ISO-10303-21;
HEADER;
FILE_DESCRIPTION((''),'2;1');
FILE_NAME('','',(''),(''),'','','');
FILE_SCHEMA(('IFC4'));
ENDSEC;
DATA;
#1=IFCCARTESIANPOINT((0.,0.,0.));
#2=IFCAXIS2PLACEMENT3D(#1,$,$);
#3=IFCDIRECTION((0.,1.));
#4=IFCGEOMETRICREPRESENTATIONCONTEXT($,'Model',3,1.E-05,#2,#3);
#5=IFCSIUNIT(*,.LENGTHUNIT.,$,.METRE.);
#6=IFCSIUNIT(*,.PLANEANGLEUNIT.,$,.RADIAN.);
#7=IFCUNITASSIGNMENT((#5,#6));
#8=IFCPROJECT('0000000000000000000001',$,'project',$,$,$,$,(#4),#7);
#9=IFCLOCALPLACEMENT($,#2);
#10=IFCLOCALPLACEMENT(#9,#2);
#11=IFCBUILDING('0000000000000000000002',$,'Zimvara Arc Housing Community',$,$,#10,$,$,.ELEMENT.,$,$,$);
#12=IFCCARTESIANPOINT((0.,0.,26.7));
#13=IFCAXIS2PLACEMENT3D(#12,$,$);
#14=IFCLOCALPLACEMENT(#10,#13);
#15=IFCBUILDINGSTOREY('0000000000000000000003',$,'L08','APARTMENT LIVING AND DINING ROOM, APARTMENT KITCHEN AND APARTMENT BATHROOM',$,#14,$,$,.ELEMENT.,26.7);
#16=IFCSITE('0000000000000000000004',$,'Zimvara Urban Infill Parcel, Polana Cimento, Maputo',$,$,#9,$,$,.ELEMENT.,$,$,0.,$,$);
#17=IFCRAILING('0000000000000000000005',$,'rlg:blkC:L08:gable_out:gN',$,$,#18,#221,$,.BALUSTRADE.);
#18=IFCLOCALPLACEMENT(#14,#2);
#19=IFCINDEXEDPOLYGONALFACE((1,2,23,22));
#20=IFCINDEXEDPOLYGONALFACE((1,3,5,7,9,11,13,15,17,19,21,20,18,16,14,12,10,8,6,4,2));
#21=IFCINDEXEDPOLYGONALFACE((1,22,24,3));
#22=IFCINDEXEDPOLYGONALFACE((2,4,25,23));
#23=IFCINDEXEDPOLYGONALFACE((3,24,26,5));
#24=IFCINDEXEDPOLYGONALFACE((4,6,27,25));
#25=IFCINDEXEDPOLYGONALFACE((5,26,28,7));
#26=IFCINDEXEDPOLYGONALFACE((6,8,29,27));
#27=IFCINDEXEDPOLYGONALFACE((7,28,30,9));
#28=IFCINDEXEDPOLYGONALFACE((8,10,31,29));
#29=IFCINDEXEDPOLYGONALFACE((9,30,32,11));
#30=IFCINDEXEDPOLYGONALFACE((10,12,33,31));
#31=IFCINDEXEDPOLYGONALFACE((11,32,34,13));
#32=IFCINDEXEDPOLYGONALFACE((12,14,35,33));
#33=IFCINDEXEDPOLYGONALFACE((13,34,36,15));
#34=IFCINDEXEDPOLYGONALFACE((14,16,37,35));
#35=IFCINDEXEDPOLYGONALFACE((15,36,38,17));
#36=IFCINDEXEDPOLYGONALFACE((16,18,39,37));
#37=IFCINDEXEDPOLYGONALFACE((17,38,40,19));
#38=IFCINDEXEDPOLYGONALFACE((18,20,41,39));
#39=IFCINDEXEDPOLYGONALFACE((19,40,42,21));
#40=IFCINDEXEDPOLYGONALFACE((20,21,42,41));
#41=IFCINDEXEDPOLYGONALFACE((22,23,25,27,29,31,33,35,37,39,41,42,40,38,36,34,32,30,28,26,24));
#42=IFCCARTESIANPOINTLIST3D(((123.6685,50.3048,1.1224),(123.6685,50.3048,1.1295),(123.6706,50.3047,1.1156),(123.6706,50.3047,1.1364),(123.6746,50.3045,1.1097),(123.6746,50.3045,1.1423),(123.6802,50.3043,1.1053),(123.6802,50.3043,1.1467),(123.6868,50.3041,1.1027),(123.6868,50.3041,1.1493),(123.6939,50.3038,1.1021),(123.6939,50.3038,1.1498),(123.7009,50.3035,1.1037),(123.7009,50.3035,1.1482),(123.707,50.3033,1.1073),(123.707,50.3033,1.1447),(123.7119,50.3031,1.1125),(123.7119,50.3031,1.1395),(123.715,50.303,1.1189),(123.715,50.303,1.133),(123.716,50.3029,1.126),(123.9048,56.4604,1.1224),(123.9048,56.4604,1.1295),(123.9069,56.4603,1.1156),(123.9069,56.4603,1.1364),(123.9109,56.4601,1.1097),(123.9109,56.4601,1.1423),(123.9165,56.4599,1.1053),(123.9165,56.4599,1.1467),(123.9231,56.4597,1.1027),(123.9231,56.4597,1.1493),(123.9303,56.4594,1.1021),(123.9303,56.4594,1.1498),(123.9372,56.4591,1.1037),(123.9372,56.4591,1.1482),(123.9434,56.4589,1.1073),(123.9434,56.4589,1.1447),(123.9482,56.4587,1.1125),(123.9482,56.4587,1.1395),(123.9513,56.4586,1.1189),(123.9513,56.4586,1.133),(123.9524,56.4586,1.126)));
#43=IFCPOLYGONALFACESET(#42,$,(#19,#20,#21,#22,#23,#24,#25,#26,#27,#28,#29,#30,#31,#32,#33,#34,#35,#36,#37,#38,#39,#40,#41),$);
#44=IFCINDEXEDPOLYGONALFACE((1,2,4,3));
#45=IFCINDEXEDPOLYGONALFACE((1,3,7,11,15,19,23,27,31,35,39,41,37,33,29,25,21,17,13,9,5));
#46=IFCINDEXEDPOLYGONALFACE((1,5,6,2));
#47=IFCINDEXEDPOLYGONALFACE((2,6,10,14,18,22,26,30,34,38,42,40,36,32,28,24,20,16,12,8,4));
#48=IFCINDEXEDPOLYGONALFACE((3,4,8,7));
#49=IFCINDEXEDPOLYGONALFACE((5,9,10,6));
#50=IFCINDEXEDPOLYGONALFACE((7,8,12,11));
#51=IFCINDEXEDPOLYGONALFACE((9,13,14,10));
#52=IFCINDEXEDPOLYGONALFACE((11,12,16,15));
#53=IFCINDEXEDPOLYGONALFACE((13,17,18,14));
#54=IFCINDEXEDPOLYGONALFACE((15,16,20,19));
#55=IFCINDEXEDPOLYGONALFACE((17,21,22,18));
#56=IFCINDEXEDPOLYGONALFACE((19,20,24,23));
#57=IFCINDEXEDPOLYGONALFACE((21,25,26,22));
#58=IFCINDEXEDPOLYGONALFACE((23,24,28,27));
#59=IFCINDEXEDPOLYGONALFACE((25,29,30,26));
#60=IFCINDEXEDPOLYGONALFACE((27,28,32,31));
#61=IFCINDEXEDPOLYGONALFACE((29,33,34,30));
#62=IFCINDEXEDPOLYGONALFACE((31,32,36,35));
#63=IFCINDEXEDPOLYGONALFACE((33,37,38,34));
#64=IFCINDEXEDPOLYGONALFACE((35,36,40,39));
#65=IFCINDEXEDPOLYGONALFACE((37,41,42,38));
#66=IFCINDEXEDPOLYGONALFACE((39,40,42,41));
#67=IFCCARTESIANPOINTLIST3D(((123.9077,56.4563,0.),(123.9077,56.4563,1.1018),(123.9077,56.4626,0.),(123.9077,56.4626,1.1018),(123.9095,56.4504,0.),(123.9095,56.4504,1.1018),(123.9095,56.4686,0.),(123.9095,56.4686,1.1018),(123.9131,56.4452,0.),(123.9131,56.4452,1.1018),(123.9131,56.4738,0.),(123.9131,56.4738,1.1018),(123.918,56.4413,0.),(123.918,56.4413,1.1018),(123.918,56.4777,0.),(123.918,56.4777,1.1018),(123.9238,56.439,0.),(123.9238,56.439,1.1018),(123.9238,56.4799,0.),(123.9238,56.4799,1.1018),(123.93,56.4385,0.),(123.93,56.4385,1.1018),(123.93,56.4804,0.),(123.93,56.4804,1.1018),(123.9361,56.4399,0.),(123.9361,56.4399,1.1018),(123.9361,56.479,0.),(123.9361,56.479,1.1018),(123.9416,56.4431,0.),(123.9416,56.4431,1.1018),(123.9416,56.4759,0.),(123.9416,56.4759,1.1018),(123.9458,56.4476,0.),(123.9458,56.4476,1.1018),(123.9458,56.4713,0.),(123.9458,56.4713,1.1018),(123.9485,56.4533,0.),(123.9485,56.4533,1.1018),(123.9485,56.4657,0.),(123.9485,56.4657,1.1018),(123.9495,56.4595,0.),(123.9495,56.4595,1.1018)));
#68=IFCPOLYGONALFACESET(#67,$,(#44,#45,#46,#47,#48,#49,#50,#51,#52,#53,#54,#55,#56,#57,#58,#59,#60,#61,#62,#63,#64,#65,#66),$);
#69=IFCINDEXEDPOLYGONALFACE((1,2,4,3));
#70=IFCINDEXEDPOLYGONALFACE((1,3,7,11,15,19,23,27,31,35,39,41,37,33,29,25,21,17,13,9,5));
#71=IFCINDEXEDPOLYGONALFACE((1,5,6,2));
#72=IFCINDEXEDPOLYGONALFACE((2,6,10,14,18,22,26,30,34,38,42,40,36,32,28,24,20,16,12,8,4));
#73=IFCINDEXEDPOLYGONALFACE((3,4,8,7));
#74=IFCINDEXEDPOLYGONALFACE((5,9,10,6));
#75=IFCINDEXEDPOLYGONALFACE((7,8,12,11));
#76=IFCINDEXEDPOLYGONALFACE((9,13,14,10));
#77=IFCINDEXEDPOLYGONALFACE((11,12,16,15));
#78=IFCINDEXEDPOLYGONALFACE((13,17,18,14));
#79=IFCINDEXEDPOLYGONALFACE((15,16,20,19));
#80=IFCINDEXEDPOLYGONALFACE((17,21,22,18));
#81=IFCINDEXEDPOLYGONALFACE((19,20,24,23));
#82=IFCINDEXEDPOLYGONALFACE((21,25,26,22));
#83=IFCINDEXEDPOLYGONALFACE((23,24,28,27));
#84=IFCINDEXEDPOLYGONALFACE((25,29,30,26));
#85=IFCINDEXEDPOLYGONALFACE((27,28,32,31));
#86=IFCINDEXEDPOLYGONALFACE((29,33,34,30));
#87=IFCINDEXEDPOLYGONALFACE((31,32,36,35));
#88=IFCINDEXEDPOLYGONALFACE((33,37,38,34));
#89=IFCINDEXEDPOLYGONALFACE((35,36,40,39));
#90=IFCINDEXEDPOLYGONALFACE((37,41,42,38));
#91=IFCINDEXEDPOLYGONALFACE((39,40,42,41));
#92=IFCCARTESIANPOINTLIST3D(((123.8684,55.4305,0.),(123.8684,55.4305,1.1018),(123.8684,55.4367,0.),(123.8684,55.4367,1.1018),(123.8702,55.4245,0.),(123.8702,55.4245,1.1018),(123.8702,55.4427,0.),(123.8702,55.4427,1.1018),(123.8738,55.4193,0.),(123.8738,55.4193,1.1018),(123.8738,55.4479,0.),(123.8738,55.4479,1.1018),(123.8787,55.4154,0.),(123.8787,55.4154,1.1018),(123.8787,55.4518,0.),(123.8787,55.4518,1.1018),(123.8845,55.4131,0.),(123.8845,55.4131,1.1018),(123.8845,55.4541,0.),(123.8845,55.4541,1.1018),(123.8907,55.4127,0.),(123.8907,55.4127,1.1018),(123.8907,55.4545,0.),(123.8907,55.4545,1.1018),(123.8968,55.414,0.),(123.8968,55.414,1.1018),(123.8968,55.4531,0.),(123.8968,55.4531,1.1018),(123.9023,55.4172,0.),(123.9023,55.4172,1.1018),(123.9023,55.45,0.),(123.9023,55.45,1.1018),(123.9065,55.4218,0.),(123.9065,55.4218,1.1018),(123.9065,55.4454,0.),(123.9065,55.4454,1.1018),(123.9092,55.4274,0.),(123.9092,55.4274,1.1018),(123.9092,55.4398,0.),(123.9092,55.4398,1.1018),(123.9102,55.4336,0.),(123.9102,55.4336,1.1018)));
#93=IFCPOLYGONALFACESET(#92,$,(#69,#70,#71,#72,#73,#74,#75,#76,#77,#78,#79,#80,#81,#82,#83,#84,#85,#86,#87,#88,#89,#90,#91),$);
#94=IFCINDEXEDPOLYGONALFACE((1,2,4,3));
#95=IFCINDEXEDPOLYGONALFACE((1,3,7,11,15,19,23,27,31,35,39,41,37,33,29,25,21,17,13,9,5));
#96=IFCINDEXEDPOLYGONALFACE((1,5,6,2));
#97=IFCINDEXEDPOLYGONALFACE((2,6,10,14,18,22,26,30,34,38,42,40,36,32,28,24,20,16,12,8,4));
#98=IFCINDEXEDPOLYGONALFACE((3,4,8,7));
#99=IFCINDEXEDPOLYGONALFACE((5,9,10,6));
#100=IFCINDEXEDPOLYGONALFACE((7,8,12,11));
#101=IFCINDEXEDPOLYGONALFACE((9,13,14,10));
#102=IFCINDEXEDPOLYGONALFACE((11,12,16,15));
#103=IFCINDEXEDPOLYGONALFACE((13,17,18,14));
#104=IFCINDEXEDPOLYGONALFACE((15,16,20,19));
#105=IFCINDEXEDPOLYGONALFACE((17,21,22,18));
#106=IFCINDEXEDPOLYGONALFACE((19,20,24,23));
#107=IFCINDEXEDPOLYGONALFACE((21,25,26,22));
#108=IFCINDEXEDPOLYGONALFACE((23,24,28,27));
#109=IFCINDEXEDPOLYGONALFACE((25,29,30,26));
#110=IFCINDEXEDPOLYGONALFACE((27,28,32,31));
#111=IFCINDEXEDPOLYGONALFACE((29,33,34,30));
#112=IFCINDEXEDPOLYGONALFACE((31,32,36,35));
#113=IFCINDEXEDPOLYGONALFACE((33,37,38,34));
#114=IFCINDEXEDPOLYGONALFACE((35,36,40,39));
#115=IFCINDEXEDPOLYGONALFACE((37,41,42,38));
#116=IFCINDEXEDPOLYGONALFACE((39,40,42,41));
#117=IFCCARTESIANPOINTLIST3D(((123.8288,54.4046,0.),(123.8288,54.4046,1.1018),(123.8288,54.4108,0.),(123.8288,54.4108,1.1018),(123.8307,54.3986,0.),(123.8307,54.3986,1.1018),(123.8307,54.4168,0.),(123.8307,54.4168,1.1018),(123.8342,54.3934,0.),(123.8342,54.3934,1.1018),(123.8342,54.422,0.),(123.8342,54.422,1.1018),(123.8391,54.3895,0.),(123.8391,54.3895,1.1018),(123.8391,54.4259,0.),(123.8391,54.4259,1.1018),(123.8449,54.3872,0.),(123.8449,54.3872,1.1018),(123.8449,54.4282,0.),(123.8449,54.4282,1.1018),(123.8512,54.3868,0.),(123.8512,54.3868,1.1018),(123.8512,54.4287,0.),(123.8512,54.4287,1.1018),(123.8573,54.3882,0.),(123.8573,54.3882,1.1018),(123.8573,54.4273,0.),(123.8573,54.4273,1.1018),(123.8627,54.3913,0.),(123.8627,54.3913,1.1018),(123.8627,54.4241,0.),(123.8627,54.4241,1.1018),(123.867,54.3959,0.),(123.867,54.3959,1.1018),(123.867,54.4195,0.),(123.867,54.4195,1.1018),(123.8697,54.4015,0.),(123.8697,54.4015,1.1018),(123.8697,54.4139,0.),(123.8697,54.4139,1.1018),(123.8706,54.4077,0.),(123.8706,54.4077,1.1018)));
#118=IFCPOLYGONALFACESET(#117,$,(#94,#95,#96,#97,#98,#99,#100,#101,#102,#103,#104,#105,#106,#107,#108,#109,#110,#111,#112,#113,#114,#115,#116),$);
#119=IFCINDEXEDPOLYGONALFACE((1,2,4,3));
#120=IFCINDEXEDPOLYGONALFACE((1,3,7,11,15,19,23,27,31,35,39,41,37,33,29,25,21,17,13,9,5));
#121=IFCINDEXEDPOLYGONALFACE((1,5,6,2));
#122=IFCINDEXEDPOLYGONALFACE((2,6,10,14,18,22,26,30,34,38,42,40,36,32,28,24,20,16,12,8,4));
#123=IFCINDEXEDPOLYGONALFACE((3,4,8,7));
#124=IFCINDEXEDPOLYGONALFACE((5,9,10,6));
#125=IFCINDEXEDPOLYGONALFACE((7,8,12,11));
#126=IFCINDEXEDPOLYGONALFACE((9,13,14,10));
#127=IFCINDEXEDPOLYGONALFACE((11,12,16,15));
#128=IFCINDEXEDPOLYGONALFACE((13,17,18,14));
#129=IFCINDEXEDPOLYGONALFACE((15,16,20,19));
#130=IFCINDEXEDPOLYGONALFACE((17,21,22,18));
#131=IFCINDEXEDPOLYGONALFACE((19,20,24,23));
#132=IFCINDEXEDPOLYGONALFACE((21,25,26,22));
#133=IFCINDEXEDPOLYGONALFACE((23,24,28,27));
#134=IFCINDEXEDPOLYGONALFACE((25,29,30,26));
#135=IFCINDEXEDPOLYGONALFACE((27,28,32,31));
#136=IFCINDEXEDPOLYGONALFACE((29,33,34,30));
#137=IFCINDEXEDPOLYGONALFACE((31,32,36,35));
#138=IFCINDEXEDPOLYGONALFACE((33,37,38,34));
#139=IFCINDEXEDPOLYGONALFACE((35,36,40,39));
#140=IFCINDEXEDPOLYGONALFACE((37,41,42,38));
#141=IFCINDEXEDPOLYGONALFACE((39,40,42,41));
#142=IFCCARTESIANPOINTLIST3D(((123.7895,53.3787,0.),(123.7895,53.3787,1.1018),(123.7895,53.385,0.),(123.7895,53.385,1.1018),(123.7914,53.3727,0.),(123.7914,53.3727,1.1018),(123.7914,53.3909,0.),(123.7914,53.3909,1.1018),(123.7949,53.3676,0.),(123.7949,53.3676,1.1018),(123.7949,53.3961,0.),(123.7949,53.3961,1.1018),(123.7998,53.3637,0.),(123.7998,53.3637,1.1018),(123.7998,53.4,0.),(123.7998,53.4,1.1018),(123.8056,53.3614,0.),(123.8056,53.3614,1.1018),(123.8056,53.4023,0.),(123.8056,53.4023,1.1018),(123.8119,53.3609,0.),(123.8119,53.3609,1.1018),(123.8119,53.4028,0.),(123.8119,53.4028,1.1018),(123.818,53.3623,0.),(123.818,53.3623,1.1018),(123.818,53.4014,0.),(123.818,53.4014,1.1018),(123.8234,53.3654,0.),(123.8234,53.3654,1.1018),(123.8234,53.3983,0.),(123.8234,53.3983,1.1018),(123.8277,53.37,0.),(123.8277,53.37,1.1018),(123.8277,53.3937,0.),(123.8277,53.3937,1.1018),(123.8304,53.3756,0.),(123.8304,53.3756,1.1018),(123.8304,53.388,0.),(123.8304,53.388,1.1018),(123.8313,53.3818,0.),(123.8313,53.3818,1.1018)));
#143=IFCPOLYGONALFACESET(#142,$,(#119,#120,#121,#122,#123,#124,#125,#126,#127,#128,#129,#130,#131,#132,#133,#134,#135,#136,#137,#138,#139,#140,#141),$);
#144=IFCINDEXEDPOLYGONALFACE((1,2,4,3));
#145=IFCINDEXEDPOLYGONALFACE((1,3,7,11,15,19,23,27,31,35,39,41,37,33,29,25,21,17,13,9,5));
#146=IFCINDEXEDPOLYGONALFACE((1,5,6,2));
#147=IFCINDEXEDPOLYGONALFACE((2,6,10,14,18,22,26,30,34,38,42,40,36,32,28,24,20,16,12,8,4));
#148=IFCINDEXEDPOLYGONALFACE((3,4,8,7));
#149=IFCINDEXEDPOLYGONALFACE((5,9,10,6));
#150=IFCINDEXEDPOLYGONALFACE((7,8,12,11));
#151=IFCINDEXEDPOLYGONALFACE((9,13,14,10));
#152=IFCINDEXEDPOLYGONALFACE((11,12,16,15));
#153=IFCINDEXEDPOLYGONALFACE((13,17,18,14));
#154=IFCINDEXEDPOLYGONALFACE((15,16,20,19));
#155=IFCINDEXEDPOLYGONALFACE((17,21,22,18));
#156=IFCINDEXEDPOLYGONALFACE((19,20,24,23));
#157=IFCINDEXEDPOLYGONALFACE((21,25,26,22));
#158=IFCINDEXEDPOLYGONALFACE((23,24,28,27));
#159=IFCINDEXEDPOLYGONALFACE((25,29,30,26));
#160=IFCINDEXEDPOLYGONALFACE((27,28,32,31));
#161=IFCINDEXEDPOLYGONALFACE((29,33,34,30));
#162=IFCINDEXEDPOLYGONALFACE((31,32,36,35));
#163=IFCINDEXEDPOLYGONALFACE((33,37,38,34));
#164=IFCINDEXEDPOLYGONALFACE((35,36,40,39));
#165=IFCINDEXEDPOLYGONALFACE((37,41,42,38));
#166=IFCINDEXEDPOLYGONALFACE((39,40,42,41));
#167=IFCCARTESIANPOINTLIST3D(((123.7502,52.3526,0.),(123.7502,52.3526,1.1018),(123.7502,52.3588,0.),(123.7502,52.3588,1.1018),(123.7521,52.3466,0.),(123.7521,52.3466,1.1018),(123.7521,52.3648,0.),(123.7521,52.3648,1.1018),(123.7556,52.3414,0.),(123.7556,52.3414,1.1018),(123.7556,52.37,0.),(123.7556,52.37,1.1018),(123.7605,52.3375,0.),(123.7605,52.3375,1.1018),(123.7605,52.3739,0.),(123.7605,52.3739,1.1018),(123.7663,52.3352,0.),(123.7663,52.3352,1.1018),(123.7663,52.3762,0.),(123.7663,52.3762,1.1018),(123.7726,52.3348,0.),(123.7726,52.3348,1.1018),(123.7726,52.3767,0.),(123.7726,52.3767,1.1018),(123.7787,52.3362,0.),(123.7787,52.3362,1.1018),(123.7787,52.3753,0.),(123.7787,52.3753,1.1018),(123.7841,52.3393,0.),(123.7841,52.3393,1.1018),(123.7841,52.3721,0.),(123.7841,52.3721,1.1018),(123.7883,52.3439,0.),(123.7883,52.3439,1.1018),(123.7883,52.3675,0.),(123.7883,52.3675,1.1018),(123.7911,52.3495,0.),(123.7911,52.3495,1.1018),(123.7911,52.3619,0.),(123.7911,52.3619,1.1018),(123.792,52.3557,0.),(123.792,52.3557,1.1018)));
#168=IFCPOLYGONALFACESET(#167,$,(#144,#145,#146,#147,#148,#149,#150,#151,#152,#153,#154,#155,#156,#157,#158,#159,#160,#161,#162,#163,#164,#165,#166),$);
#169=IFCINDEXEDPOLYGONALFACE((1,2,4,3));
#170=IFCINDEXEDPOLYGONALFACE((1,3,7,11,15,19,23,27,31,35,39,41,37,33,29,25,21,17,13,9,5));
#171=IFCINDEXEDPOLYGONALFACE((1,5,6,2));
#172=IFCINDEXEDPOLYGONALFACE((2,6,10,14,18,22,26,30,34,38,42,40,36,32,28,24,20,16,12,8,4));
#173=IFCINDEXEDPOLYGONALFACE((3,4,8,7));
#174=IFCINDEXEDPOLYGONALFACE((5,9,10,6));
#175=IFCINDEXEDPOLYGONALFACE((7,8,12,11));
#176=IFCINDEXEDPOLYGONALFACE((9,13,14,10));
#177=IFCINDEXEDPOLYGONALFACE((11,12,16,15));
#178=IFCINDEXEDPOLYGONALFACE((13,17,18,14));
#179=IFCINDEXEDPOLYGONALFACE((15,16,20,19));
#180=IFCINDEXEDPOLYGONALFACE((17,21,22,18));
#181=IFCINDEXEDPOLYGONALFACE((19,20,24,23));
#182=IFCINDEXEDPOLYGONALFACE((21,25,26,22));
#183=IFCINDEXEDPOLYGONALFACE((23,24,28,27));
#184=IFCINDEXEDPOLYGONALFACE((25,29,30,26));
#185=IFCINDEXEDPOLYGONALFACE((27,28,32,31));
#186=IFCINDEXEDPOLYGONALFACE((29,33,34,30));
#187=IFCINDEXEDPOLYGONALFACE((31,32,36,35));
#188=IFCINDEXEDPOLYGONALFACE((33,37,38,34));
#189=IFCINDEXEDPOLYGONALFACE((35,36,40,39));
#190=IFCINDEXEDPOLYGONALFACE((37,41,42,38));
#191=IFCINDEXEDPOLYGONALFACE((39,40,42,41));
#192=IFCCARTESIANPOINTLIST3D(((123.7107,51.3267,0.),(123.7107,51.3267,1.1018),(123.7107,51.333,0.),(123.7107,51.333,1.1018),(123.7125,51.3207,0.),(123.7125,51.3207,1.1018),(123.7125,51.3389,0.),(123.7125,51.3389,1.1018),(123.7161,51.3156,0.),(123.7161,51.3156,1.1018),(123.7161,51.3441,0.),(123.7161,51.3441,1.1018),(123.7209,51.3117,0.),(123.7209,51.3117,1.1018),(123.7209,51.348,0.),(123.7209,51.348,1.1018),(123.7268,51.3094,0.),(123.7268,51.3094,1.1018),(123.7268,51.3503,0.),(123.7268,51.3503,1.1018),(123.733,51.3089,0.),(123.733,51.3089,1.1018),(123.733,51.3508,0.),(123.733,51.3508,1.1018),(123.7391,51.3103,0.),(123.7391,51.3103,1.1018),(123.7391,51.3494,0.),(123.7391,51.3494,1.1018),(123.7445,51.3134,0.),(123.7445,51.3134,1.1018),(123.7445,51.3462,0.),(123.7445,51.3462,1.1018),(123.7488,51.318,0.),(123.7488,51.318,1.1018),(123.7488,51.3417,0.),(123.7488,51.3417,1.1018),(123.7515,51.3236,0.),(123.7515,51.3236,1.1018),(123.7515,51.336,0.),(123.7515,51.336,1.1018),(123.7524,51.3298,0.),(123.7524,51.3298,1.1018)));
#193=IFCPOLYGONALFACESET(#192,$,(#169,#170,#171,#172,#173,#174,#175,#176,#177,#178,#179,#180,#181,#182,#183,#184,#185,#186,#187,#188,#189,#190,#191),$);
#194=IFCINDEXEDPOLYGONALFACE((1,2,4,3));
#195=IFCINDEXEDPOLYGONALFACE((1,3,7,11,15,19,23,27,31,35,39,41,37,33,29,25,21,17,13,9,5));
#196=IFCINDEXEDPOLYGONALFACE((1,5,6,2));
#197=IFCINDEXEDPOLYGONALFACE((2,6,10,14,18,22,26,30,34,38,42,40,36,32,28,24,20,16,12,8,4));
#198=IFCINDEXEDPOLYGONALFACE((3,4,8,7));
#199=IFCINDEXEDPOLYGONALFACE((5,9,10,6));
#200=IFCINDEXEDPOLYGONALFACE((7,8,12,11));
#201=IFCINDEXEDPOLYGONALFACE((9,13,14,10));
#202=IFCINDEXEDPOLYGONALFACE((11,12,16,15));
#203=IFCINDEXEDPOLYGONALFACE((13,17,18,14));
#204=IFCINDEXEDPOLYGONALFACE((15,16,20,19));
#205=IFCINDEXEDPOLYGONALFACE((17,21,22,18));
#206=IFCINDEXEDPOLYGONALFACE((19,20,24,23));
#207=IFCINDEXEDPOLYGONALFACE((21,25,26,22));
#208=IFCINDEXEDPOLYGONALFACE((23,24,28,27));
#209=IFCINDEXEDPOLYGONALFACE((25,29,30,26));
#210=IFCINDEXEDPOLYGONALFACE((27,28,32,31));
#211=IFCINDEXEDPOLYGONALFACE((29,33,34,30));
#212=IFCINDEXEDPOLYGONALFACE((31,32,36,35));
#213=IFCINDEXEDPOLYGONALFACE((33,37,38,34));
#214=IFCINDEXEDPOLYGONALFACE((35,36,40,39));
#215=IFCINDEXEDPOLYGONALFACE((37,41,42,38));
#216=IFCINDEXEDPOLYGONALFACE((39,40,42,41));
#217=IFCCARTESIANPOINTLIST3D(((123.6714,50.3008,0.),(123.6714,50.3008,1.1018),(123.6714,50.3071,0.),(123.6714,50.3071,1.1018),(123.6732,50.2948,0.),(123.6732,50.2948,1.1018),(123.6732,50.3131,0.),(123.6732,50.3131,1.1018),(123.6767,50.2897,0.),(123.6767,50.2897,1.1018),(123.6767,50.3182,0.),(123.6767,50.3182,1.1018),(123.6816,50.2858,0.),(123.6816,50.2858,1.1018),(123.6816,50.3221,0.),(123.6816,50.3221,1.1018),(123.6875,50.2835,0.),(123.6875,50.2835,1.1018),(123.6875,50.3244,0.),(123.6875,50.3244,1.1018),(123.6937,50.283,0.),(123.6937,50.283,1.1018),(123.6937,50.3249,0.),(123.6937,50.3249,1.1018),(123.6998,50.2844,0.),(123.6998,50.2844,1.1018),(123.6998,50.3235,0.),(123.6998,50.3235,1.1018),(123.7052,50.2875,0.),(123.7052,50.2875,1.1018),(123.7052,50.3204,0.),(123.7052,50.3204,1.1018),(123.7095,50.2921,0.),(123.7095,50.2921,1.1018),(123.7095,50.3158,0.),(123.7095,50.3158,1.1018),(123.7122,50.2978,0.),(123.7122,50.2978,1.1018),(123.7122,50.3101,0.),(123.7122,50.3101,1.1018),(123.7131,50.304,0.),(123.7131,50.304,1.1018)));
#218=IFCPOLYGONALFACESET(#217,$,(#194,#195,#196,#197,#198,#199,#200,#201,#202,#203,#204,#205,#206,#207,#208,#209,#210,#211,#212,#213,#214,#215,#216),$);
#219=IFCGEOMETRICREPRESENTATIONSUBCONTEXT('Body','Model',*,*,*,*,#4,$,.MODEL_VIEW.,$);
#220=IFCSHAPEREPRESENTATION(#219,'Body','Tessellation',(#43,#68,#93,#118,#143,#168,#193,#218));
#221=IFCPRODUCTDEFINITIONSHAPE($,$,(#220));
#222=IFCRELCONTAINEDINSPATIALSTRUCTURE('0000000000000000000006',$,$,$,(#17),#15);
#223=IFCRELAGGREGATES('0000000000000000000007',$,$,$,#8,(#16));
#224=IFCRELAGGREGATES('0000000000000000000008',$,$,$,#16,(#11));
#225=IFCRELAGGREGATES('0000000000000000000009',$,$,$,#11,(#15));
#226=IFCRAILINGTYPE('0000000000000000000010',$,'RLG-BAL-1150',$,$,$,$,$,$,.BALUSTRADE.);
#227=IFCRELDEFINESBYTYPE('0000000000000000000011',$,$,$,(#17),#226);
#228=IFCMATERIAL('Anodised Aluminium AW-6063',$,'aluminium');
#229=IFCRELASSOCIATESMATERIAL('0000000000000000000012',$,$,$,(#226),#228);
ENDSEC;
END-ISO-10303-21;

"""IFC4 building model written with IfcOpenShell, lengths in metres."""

from ifc_helpers import new_model, si_unit, direction, frame, origin, origin_2d, place, context, subcontext, project, spatial, circle, extrude, material, type_object, element, save


model = new_model("IFC4")

# Units and contexts
model_context = context("Model", 3, precision=1e-05, world=origin(), true_north=direction((0.0, 1.0)))
body_context = subcontext(model_context, "Body", "Model", "MODEL_VIEW")
ifc_project = project(units=[si_unit("LENGTHUNIT", "METRE"), si_unit("PLANEANGLEUNIT", "RADIAN")], contexts=[model_context])

# Site, building, storey
site_placement = place(None, origin())
site = spatial("IfcSite", under=ifc_project, at=site_placement, Name="Zimvara Urban Infill Parcel, Polana Cimento, Maputo", CompositionType="ELEMENT", RefElevation=0.0)
building_placement = place(site_placement, origin())
building = spatial("IfcBuilding", under=site, at=building_placement, Name="Zimvara Arc Housing Community", CompositionType="ELEMENT")
storey_placement = place(building_placement, frame((0.0, 0.0, 26.7)))
storey = spatial("IfcBuildingStorey", under=building, at=storey_placement, Name="L08", Description="APARTMENT LIVING AND DINING ROOM, APARTMENT KITCHEN AND APARTMENT BATHROOM", CompositionType="ELEMENT", Elevation=26.7)

# Railing
ifc_material_1 = material(Name="Anodised Aluminium AW-6063", Category="aluminium")
railing_type = type_object("IfcRailingType", Name="RLG-BAL-1150", PredefinedType="BALUSTRADE", material=ifc_material_1)
railing_placement = place(storey_placement, frame((123.9285, 56.4595, 0.0)))
element("IfcRailing", 1, at=railing_placement, inside=storey, type_object=railing_type, Name="rlg:blkC:L08:gable_out:gN", PredefinedType="BALUSTRADE", context=body_context, shape_type="SweptSolid", body=[
    extrude(circle(Radius=0.0239, at=origin_2d()), frame((0.0, 0.0, 1.126), z_axis=(-0.038365, -0.999264, 0.0), x_axis=(0.999264, -0.038365, 0.0)), (0.0, 0.0, 1.0), 6.1602),
    extrude(circle(Radius=0.021, at=origin_2d()), origin(), (0.0, 0.0, 1.0), 1.1018),
    extrude(circle(Radius=0.021, at=origin_2d()), frame((-0.0393, -1.0259, 0.0)), (0.0, 0.0, 1.0), 1.1018),
    extrude(circle(Radius=0.021, at=origin_2d()), frame((-0.0789, -2.0518, 0.0)), (0.0, 0.0, 1.0), 1.1018),
    extrude(circle(Radius=0.021, at=origin_2d()), frame((-0.1182, -3.0776, 0.0)), (0.0, 0.0, 1.0), 1.1018),
    extrude(circle(Radius=0.021, at=origin_2d()), frame((-0.1575, -4.1038, 0.0)), (0.0, 0.0, 1.0), 1.1018),
    extrude(circle(Radius=0.021, at=origin_2d()), frame((-0.197, -5.1296, 0.0)), (0.0, 0.0, 1.0), 1.1018),
    extrude(circle(Radius=0.021, at=origin_2d()), frame((-0.2363, -6.1555, 0.0)), (0.0, 0.0, 1.0), 1.1018),
])

save(model, "model.ifc")
